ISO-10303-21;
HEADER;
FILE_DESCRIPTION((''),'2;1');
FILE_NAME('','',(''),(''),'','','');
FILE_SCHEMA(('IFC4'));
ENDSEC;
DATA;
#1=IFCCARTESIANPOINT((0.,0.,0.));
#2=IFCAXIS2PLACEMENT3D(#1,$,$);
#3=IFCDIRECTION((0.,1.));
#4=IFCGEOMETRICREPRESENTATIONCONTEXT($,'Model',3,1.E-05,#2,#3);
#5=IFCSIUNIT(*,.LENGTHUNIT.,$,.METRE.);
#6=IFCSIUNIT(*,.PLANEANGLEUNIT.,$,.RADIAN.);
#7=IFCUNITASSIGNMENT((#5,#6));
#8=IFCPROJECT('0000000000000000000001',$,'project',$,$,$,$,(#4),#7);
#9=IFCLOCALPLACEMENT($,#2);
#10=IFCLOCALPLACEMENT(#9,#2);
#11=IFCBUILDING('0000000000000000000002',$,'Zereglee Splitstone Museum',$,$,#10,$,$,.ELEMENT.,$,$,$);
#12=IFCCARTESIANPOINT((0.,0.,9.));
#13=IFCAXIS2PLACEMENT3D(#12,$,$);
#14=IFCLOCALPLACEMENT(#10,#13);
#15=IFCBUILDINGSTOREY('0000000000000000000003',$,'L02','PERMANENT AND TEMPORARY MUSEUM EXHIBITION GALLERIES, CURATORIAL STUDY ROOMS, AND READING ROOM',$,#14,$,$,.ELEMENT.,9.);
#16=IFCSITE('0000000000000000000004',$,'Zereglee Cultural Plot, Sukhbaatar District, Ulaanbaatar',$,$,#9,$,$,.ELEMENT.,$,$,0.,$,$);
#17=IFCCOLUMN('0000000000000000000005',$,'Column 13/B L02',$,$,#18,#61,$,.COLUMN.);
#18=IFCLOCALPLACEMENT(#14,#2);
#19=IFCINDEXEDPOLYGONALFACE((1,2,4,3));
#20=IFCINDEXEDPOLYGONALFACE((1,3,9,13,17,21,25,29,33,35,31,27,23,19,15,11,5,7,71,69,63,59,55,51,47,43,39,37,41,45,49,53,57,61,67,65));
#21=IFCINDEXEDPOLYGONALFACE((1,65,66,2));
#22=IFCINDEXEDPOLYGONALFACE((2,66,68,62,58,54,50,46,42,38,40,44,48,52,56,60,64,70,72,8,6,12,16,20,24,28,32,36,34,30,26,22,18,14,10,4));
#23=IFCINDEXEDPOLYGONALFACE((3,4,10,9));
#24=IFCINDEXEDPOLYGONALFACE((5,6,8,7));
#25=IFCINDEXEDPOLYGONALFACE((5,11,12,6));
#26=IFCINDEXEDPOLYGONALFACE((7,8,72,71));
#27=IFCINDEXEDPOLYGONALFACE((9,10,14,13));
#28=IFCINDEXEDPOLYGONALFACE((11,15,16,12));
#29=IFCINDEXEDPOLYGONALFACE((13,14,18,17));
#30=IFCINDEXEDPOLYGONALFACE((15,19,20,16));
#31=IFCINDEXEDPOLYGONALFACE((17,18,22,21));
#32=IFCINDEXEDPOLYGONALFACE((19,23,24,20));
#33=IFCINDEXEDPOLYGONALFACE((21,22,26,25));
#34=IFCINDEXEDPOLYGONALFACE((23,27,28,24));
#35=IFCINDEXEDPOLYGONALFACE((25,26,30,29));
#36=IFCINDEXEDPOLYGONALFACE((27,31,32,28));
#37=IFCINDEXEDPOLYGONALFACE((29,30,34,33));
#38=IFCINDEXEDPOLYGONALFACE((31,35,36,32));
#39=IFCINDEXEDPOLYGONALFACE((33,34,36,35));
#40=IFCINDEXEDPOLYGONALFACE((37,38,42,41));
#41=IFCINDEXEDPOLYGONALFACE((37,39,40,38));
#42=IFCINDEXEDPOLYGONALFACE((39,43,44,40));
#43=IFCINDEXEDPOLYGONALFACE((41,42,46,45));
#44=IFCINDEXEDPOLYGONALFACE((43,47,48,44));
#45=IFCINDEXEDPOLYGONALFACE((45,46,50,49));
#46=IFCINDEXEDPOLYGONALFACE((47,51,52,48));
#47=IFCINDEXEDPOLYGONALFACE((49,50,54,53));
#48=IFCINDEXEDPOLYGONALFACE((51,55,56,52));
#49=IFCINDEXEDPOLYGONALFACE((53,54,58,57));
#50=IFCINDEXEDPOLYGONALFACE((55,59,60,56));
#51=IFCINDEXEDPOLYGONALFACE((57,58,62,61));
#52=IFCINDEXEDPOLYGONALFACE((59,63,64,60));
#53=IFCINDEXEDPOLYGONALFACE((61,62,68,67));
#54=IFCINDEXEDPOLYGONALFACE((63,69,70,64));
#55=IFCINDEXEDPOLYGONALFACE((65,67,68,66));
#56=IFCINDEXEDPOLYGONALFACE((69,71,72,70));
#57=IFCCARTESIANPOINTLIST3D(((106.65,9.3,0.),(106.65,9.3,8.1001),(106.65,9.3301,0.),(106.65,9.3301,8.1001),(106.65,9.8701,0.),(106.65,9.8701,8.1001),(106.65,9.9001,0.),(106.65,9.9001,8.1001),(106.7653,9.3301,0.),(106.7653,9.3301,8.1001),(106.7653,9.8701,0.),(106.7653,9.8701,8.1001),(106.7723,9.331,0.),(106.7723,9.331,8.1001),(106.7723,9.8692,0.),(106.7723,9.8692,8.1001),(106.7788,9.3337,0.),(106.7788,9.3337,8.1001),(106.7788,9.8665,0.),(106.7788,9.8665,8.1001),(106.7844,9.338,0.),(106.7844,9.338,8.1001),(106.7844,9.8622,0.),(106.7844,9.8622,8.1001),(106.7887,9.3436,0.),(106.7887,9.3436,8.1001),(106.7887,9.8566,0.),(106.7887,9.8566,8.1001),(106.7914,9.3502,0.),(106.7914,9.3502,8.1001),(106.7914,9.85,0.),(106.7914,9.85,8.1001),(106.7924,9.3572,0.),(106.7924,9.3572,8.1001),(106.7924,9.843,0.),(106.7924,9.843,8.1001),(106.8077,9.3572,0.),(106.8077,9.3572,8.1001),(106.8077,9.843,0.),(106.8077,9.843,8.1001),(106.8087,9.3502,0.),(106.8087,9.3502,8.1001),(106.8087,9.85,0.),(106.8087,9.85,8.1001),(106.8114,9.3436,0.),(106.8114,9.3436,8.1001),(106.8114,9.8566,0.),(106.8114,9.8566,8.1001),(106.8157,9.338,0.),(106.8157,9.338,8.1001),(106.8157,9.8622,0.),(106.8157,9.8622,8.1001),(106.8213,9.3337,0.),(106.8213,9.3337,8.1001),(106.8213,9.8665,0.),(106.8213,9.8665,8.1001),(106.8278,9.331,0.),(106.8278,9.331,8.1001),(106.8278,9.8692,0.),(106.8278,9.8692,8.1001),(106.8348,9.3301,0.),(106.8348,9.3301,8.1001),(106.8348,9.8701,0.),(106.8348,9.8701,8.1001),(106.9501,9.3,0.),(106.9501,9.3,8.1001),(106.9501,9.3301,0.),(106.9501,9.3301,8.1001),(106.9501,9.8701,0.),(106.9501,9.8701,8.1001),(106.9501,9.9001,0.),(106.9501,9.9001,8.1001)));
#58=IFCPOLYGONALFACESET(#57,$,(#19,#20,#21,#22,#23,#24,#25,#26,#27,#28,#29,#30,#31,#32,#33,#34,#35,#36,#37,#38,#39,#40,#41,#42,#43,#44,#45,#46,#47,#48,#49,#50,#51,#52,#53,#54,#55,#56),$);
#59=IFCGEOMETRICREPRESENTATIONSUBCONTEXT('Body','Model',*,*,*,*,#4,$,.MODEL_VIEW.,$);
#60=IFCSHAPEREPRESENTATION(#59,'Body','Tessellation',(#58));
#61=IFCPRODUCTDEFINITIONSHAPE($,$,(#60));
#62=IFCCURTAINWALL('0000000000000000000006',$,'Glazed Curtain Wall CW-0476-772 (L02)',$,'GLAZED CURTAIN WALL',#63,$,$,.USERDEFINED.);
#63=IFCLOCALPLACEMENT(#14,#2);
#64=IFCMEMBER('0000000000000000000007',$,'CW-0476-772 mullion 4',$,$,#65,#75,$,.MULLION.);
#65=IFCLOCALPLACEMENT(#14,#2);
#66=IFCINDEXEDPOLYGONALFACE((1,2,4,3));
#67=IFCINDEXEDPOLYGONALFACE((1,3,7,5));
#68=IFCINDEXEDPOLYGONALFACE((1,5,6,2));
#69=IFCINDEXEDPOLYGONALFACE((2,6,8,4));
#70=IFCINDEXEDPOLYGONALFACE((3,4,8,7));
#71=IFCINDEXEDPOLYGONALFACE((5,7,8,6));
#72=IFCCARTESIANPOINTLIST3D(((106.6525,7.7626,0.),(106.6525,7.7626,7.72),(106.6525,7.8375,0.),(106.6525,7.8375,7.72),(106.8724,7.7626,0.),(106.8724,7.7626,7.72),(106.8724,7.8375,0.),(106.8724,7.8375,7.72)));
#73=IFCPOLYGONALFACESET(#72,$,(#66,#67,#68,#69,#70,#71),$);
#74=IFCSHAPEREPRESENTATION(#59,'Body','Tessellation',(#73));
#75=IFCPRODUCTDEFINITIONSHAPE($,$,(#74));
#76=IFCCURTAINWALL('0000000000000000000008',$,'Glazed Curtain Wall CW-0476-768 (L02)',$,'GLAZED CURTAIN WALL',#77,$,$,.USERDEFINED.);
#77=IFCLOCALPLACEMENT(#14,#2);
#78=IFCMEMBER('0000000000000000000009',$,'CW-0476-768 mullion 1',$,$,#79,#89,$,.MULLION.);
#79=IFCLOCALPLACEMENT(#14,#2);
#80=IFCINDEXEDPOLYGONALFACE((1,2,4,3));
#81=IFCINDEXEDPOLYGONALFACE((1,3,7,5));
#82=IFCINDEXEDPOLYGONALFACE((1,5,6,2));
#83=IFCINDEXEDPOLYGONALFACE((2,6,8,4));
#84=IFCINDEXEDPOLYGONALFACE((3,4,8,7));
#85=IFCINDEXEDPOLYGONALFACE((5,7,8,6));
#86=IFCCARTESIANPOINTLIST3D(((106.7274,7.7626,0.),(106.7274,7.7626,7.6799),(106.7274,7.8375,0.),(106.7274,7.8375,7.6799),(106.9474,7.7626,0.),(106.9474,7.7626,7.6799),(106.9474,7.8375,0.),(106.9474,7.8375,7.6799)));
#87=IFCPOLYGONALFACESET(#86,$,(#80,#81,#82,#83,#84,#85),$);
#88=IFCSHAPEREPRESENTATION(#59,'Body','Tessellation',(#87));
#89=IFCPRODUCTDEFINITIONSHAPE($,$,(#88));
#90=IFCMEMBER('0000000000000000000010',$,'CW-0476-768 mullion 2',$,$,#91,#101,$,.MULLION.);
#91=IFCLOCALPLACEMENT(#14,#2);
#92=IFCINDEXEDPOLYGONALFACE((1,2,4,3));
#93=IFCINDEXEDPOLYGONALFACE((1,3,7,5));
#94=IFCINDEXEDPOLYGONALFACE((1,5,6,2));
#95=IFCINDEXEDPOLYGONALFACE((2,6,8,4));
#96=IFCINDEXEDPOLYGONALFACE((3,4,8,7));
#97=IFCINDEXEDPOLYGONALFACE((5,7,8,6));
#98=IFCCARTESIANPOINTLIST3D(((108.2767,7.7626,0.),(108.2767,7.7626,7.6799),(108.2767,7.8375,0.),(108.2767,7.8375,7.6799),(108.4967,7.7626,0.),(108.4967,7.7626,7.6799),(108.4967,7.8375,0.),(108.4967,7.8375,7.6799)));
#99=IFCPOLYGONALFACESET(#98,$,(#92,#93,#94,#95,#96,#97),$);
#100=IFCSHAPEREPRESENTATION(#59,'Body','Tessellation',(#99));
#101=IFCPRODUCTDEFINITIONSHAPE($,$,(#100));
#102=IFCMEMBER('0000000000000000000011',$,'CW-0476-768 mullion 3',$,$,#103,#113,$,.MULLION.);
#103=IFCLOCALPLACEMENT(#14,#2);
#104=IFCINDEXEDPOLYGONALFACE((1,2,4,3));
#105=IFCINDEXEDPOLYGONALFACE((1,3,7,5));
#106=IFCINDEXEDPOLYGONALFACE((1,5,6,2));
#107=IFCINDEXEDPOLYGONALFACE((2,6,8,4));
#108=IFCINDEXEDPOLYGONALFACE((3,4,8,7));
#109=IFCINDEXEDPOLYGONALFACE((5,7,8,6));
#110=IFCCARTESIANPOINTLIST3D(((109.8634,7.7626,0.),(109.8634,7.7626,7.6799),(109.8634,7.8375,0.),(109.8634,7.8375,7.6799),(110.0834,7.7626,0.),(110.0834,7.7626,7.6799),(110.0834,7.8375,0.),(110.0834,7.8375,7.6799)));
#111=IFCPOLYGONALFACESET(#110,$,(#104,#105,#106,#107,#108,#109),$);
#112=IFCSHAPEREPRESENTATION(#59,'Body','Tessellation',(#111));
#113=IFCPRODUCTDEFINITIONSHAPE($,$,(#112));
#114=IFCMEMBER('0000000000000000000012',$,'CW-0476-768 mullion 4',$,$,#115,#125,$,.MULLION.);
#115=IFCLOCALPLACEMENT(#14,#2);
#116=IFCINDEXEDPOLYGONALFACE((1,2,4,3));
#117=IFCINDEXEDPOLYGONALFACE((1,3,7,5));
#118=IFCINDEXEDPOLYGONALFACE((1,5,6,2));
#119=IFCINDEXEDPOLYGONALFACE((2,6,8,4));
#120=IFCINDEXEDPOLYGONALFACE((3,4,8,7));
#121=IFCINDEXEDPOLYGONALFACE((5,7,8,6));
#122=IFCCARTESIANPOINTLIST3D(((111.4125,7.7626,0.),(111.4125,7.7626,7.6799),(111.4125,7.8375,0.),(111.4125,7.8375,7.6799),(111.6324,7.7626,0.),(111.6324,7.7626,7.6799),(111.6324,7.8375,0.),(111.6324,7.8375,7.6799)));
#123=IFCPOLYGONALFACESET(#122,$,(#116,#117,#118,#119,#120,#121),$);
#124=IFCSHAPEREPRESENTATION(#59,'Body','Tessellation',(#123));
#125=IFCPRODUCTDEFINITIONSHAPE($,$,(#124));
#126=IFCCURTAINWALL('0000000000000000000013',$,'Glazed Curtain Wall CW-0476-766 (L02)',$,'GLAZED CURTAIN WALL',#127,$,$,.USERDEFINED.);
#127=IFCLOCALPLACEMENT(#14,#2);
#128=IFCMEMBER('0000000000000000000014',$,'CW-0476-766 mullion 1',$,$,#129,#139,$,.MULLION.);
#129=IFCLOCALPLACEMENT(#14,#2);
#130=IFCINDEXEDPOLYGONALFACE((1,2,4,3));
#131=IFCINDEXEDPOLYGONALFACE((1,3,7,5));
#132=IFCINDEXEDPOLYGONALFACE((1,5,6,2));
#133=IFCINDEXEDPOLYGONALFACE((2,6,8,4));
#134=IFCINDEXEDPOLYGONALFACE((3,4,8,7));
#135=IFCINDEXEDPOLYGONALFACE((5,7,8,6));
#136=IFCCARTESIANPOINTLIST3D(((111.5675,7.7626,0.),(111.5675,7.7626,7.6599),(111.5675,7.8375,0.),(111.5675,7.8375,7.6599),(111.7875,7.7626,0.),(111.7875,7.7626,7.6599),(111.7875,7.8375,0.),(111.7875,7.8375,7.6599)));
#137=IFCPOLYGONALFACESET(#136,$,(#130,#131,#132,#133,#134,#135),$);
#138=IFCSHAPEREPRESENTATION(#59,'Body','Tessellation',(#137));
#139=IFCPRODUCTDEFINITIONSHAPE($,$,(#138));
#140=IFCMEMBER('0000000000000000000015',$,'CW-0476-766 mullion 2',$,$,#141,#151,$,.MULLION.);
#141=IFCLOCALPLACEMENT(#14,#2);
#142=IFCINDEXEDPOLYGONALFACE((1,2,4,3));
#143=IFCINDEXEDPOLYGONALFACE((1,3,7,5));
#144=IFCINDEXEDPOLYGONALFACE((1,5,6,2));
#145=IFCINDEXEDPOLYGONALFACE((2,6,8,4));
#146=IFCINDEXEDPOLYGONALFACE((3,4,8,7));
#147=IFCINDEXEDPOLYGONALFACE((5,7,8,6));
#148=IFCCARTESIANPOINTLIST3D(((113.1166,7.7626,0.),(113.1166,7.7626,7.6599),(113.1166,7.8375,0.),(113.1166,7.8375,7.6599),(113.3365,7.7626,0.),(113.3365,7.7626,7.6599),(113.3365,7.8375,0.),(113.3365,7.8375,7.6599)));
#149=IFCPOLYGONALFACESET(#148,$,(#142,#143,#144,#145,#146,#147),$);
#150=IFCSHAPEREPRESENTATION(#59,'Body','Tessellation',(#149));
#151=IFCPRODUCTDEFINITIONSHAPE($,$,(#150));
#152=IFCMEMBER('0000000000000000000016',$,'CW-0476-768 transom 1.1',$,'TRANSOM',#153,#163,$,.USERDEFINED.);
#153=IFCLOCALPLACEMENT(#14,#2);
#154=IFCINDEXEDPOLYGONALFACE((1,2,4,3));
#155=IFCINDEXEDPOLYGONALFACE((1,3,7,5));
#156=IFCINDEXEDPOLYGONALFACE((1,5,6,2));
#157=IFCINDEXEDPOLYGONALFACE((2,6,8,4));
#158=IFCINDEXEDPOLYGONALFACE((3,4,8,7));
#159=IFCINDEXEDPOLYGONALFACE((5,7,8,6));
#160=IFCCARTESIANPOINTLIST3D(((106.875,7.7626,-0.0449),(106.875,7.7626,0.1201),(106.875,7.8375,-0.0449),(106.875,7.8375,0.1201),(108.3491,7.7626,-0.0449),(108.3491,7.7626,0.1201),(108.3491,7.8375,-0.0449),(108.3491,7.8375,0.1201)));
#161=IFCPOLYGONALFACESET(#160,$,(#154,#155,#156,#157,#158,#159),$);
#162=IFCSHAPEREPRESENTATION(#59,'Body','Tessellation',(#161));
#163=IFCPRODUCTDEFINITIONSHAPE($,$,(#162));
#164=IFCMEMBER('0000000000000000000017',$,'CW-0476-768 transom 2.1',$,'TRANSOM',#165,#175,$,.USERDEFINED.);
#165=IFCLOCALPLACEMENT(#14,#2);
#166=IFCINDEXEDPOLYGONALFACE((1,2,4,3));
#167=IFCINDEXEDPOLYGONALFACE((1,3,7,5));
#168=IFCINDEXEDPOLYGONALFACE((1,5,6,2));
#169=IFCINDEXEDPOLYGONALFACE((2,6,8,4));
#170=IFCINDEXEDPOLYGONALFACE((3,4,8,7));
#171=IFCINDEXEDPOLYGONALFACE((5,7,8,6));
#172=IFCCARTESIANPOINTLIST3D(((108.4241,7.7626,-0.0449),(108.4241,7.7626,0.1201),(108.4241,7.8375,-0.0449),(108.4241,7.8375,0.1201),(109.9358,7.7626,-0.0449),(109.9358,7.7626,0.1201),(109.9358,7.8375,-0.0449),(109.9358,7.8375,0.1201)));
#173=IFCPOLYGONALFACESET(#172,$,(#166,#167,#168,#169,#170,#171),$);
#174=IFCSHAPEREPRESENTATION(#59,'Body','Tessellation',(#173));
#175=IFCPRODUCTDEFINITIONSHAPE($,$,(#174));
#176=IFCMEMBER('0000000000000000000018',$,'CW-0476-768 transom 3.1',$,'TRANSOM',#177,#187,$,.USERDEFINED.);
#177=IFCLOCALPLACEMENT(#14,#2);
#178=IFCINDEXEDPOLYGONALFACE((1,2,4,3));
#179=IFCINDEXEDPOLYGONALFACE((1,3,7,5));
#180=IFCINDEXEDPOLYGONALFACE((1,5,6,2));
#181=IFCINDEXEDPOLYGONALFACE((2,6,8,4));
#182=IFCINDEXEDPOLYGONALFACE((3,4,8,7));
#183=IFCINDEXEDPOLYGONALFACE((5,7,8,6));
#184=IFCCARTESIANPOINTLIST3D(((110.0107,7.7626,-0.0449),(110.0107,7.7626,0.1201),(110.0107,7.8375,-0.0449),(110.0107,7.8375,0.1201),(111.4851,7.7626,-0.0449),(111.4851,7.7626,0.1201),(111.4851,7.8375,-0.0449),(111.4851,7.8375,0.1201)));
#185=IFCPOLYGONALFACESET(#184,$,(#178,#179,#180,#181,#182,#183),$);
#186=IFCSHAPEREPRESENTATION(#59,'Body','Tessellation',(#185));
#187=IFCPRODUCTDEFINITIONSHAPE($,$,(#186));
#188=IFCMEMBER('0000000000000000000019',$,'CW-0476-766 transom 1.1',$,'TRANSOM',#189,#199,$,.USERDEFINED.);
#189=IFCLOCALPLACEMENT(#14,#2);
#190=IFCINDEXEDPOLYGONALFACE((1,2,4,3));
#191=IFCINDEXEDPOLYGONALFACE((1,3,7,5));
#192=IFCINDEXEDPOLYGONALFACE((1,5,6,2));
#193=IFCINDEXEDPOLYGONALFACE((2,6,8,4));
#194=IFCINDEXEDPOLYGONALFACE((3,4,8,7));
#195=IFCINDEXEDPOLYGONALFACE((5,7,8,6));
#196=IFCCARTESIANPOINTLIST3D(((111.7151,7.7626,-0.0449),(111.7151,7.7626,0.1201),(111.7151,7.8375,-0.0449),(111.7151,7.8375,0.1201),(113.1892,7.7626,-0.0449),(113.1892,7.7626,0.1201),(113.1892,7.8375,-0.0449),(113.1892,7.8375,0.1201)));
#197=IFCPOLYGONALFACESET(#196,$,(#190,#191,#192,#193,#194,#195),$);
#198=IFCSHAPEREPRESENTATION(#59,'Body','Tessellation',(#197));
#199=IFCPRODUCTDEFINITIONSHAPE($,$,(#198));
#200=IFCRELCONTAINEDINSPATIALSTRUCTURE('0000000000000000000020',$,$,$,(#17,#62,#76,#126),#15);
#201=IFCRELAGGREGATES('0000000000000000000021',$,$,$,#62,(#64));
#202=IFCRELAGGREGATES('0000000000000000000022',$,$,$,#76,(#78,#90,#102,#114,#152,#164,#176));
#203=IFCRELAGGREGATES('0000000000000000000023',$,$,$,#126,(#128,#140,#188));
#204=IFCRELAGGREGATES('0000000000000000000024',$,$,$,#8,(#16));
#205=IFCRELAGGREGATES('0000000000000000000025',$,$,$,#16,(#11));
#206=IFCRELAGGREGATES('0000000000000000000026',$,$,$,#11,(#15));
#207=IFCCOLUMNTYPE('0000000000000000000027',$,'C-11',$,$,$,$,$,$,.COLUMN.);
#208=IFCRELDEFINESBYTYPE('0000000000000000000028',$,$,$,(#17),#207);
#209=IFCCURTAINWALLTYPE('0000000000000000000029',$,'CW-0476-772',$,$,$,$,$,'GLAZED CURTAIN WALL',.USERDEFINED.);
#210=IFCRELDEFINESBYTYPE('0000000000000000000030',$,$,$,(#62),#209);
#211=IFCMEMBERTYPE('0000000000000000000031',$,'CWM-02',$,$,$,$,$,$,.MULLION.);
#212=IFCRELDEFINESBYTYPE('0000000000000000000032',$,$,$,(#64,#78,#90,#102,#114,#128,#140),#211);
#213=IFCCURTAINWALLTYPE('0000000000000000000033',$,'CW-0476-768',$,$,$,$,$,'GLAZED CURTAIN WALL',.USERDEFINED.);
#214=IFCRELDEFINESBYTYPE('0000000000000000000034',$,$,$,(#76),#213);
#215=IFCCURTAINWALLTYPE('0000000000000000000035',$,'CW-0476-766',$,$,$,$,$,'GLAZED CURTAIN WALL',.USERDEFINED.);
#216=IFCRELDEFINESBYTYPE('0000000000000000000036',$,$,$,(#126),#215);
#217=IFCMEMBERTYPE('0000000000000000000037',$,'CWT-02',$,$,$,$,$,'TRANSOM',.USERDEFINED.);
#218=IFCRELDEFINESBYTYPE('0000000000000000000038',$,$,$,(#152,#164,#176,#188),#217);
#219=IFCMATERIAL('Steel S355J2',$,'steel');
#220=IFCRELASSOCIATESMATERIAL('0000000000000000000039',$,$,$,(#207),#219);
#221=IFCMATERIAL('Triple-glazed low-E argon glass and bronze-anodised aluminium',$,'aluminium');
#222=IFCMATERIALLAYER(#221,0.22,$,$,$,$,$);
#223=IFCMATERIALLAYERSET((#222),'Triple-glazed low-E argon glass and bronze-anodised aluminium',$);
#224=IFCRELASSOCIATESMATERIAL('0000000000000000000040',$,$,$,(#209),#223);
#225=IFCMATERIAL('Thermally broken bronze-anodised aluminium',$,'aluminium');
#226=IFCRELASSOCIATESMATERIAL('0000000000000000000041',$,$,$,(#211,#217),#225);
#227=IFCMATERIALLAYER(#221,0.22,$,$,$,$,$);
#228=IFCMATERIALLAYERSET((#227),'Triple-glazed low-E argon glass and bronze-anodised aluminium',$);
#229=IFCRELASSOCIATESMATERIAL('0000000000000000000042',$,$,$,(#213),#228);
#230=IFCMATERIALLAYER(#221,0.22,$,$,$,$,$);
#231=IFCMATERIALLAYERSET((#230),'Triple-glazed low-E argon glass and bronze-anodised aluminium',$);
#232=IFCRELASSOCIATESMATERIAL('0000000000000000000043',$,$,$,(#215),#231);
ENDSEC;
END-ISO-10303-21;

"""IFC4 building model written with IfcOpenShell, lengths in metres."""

from ifc_helpers import new_model, si_unit, direction, frame, origin, origin_2d, place, context, subcontext, project, spatial, rectangle, i_section, extrude, material, layer, layer_set, material_profile, profile_set, type_object, element, aggregate, save


model = new_model("IFC4")

# Units and contexts
model_context = context("Model", 3, precision=1e-05, world=origin(), true_north=direction((0.0, 1.0)))
body_context = subcontext(model_context, "Body", "Model", "MODEL_VIEW")
ifc_project = project(units=[si_unit("LENGTHUNIT", "METRE"), si_unit("PLANEANGLEUNIT", "RADIAN")], contexts=[model_context])

# Site, building, storey
site_placement = place(None, origin())
site = spatial("IfcSite", under=ifc_project, at=site_placement, Name="Zereglee Cultural Plot, Sukhbaatar District, Ulaanbaatar", CompositionType="ELEMENT", RefElevation=0.0)
building_placement = place(site_placement, origin())
building = spatial("IfcBuilding", under=site, at=building_placement, Name="Zereglee Splitstone Museum", CompositionType="ELEMENT")
storey_placement = place(building_placement, frame((0.0, 0.0, 9.0)))
storey = spatial("IfcBuildingStorey", under=building, at=storey_placement, Name="L02", Description="PERMANENT AND TEMPORARY MUSEUM EXHIBITION GALLERIES, CURATORIAL STUDY ROOMS, AND READING ROOM", CompositionType="ELEMENT", Elevation=9.0)

# Column
ifc_material_1 = material(Name="Steel S355J2", Category="steel")
ifc_material_profile_1 = material_profile(ifc_material_1, i_section(OverallWidth=0.3, OverallDepth=0.6001, WebThickness=0.0154, FlangeThickness=0.03, FilletRadius=0.0271, at=origin_2d()), Name="HE 600 B")
ifc_profile_set_1 = profile_set([ifc_material_profile_1], Name="Steel S355J2")
column_type = type_object("IfcColumnType", Name="C-11", PredefinedType="COLUMN", material=ifc_profile_set_1)
column_placement = place(storey_placement, frame((106.8, 9.6001, 0.0), z_axis=(0.0, 0.0, 1.0), x_axis=(1.0, 0.0, 0.0)))
element("IfcColumn", 1, at=column_placement, inside=storey, type_object=column_type, Name="Column 13/B L02", PredefinedType="COLUMN", context=body_context, shape_type="SweptSolid", body=[
    extrude(i_section(OverallWidth=0.3, OverallDepth=0.6001, WebThickness=0.0154, FlangeThickness=0.03, FilletRadius=0.0271, at=origin_2d()), origin(), (0.0, 0.0, 1.0), 8.1001),
])

# Curtain wall, member
ifc_material_2 = material(Name="Triple-glazed low-E argon glass and bronze-anodised aluminium", Category="aluminium")
ifc_layer_1 = layer(ifc_material_2, 0.22)
ifc_layer_set_1 = layer_set([ifc_layer_1], Name="Triple-glazed low-E argon glass and bronze-anodised aluminium")
curtain_wall_type_1 = type_object("IfcCurtainWallType", Name="CW-0476-772", ElementType="GLAZED CURTAIN WALL", PredefinedType="USERDEFINED", material=ifc_layer_set_1)
curtain_wall_1_placement = place(storey_placement, origin())
curtain_wall_1 = element("IfcCurtainWall", 2, at=curtain_wall_1_placement, inside=storey, type_object=curtain_wall_type_1, Name="Glazed Curtain Wall CW-0476-772 (L02)", ObjectType="GLAZED CURTAIN WALL", PredefinedType="USERDEFINED")
ifc_material_3 = material(Name="Thermally broken bronze-anodised aluminium", Category="aluminium")
ifc_material_profile_2 = material_profile(ifc_material_3, rectangle(XDim=0.075, YDim=0.22, at=origin_2d()), Name="CW MULL 75x220")
ifc_profile_set_2 = profile_set([ifc_material_profile_2], Name="Thermally broken bronze-anodised aluminium")
member_type_1 = type_object("IfcMemberType", Name="CWM-02", PredefinedType="MULLION", material=ifc_profile_set_2)
member_1_placement = place(storey_placement, frame((106.7625, 7.8, 0.0), z_axis=(0.0, 0.0, 1.0), x_axis=(0.0, 1.0, 0.0)))
member_1 = element("IfcMember", 3, at=member_1_placement, type_object=member_type_1, Name="CW-0476-772 mullion 4", PredefinedType="MULLION", context=body_context, shape_type="SweptSolid", body=[
    extrude(rectangle(XDim=0.075, YDim=0.22, at=origin_2d()), origin(), (0.0, 0.0, 1.0), 7.72),
])

# Curtain walls, members
ifc_layer_2 = layer(ifc_material_2, 0.22)
ifc_layer_set_2 = layer_set([ifc_layer_2], Name="Triple-glazed low-E argon glass and bronze-anodised aluminium")
curtain_wall_type_2 = type_object("IfcCurtainWallType", Name="CW-0476-768", ElementType="GLAZED CURTAIN WALL", PredefinedType="USERDEFINED", material=ifc_layer_set_2)
curtain_wall_2_placement = place(storey_placement, origin())
curtain_wall_2 = element("IfcCurtainWall", 4, at=curtain_wall_2_placement, inside=storey, type_object=curtain_wall_type_2, Name="Glazed Curtain Wall CW-0476-768 (L02)", ObjectType="GLAZED CURTAIN WALL", PredefinedType="USERDEFINED")
member_2_placement = place(storey_placement, frame((106.8374, 7.8, 0.0), z_axis=(0.0, 0.0, 1.0), x_axis=(0.0, 1.0, 0.0)))
member_2 = element("IfcMember", 5, at=member_2_placement, type_object=member_type_1, Name="CW-0476-768 mullion 1", PredefinedType="MULLION", context=body_context, shape_type="SweptSolid", body=[
    extrude(rectangle(XDim=0.075, YDim=0.22, at=origin_2d()), origin(), (0.0, 0.0, 1.0), 7.6799),
])
member_3_placement = place(storey_placement, frame((108.3867, 7.8, 0.0), z_axis=(0.0, 0.0, 1.0), x_axis=(0.0, 1.0, 0.0)))
member_3 = element("IfcMember", 6, at=member_3_placement, type_object=member_type_1, Name="CW-0476-768 mullion 2", PredefinedType="MULLION", context=body_context, shape_type="SweptSolid", body=[
    extrude(rectangle(XDim=0.075, YDim=0.22, at=origin_2d()), origin(), (0.0, 0.0, 1.0), 7.6799),
])
member_4_placement = place(storey_placement, frame((109.9734, 7.8, 0.0), z_axis=(0.0, 0.0, 1.0), x_axis=(0.0, 1.0, 0.0)))
member_4 = element("IfcMember", 7, at=member_4_placement, type_object=member_type_1, Name="CW-0476-768 mullion 3", PredefinedType="MULLION", context=body_context, shape_type="SweptSolid", body=[
    extrude(rectangle(XDim=0.075, YDim=0.22, at=origin_2d()), origin(), (0.0, 0.0, 1.0), 7.6799),
])
member_5_placement = place(storey_placement, frame((111.5225, 7.8, 0.0), z_axis=(0.0, 0.0, 1.0), x_axis=(0.0, 1.0, 0.0)))
member_5 = element("IfcMember", 8, at=member_5_placement, type_object=member_type_1, Name="CW-0476-768 mullion 4", PredefinedType="MULLION", context=body_context, shape_type="SweptSolid", body=[
    extrude(rectangle(XDim=0.075, YDim=0.22, at=origin_2d()), origin(), (0.0, 0.0, 1.0), 7.6799),
])
ifc_layer_3 = layer(ifc_material_2, 0.22)
ifc_layer_set_3 = layer_set([ifc_layer_3], Name="Triple-glazed low-E argon glass and bronze-anodised aluminium")
curtain_wall_type_3 = type_object("IfcCurtainWallType", Name="CW-0476-766", ElementType="GLAZED CURTAIN WALL", PredefinedType="USERDEFINED", material=ifc_layer_set_3)
curtain_wall_3_placement = place(storey_placement, origin())
curtain_wall_3 = element("IfcCurtainWall", 9, at=curtain_wall_3_placement, inside=storey, type_object=curtain_wall_type_3, Name="Glazed Curtain Wall CW-0476-766 (L02)", ObjectType="GLAZED CURTAIN WALL", PredefinedType="USERDEFINED")
member_6_placement = place(storey_placement, frame((111.6775, 7.8, 0.0), z_axis=(0.0, 0.0, 1.0), x_axis=(0.0, 1.0, 0.0)))
member_6 = element("IfcMember", 10, at=member_6_placement, type_object=member_type_1, Name="CW-0476-766 mullion 1", PredefinedType="MULLION", context=body_context, shape_type="SweptSolid", body=[
    extrude(rectangle(XDim=0.075, YDim=0.22, at=origin_2d()), origin(), (0.0, 0.0, 1.0), 7.6599),
])
member_7_placement = place(storey_placement, frame((113.2266, 7.8, 0.0), z_axis=(0.0, 0.0, 1.0), x_axis=(0.0, 1.0, 0.0)))
member_7 = element("IfcMember", 11, at=member_7_placement, type_object=member_type_1, Name="CW-0476-766 mullion 2", PredefinedType="MULLION", context=body_context, shape_type="SweptSolid", body=[
    extrude(rectangle(XDim=0.075, YDim=0.22, at=origin_2d()), origin(), (0.0, 0.0, 1.0), 7.6599),
])

# Members
ifc_material_profile_3 = material_profile(ifc_material_3, rectangle(XDim=0.075, YDim=0.165, at=origin_2d()), Name="CW TRAN 75x165")
ifc_profile_set_3 = profile_set([ifc_material_profile_3], Name="Thermally broken bronze-anodised aluminium")
member_type_2 = type_object("IfcMemberType", Name="CWT-02", ElementType="TRANSOM", PredefinedType="USERDEFINED", material=ifc_profile_set_3)
member_8_placement = place(storey_placement, frame((106.875, 7.8, 0.0376), z_axis=(1.0, 0.0, 0.0), x_axis=(0.0, 1.0, 0.0)))
member_8 = element("IfcMember", 12, at=member_8_placement, type_object=member_type_2, Name="CW-0476-768 transom 1.1", ObjectType="TRANSOM", PredefinedType="USERDEFINED", context=body_context, shape_type="SweptSolid", body=[
    extrude(rectangle(XDim=0.075, YDim=0.165, at=origin_2d()), origin(), (0.0, 0.0, 1.0), 1.4741),
])
member_9_placement = place(storey_placement, frame((108.4241, 7.8, 0.0376), z_axis=(1.0, 0.0, 0.0), x_axis=(0.0, 1.0, 0.0)))
member_9 = element("IfcMember", 13, at=member_9_placement, type_object=member_type_2, Name="CW-0476-768 transom 2.1", ObjectType="TRANSOM", PredefinedType="USERDEFINED", context=body_context, shape_type="SweptSolid", body=[
    extrude(rectangle(XDim=0.075, YDim=0.165, at=origin_2d()), origin(), (0.0, 0.0, 1.0), 1.5117),
])
member_10_placement = place(storey_placement, frame((110.0107, 7.8, 0.0376), z_axis=(1.0, 0.0, 0.0), x_axis=(0.0, 1.0, 0.0)))
member_10 = element("IfcMember", 14, at=member_10_placement, type_object=member_type_2, Name="CW-0476-768 transom 3.1", ObjectType="TRANSOM", PredefinedType="USERDEFINED", context=body_context, shape_type="SweptSolid", body=[
    extrude(rectangle(XDim=0.075, YDim=0.165, at=origin_2d()), origin(), (0.0, 0.0, 1.0), 1.4744),
])
member_11_placement = place(storey_placement, frame((111.7151, 7.8, 0.0376), z_axis=(1.0, 0.0, 0.0), x_axis=(0.0, 1.0, 0.0)))
member_11 = element("IfcMember", 15, at=member_11_placement, type_object=member_type_2, Name="CW-0476-766 transom 1.1", ObjectType="TRANSOM", PredefinedType="USERDEFINED", context=body_context, shape_type="SweptSolid", body=[
    extrude(rectangle(XDim=0.075, YDim=0.165, at=origin_2d()), origin(), (0.0, 0.0, 1.0), 1.4741),
])

aggregate(curtain_wall_1, [member_1])
aggregate(curtain_wall_2, [member_2, member_3, member_4, member_5, member_8, member_9, member_10])
aggregate(curtain_wall_3, [member_6, member_7, member_11])

save(model, "model.ifc")
